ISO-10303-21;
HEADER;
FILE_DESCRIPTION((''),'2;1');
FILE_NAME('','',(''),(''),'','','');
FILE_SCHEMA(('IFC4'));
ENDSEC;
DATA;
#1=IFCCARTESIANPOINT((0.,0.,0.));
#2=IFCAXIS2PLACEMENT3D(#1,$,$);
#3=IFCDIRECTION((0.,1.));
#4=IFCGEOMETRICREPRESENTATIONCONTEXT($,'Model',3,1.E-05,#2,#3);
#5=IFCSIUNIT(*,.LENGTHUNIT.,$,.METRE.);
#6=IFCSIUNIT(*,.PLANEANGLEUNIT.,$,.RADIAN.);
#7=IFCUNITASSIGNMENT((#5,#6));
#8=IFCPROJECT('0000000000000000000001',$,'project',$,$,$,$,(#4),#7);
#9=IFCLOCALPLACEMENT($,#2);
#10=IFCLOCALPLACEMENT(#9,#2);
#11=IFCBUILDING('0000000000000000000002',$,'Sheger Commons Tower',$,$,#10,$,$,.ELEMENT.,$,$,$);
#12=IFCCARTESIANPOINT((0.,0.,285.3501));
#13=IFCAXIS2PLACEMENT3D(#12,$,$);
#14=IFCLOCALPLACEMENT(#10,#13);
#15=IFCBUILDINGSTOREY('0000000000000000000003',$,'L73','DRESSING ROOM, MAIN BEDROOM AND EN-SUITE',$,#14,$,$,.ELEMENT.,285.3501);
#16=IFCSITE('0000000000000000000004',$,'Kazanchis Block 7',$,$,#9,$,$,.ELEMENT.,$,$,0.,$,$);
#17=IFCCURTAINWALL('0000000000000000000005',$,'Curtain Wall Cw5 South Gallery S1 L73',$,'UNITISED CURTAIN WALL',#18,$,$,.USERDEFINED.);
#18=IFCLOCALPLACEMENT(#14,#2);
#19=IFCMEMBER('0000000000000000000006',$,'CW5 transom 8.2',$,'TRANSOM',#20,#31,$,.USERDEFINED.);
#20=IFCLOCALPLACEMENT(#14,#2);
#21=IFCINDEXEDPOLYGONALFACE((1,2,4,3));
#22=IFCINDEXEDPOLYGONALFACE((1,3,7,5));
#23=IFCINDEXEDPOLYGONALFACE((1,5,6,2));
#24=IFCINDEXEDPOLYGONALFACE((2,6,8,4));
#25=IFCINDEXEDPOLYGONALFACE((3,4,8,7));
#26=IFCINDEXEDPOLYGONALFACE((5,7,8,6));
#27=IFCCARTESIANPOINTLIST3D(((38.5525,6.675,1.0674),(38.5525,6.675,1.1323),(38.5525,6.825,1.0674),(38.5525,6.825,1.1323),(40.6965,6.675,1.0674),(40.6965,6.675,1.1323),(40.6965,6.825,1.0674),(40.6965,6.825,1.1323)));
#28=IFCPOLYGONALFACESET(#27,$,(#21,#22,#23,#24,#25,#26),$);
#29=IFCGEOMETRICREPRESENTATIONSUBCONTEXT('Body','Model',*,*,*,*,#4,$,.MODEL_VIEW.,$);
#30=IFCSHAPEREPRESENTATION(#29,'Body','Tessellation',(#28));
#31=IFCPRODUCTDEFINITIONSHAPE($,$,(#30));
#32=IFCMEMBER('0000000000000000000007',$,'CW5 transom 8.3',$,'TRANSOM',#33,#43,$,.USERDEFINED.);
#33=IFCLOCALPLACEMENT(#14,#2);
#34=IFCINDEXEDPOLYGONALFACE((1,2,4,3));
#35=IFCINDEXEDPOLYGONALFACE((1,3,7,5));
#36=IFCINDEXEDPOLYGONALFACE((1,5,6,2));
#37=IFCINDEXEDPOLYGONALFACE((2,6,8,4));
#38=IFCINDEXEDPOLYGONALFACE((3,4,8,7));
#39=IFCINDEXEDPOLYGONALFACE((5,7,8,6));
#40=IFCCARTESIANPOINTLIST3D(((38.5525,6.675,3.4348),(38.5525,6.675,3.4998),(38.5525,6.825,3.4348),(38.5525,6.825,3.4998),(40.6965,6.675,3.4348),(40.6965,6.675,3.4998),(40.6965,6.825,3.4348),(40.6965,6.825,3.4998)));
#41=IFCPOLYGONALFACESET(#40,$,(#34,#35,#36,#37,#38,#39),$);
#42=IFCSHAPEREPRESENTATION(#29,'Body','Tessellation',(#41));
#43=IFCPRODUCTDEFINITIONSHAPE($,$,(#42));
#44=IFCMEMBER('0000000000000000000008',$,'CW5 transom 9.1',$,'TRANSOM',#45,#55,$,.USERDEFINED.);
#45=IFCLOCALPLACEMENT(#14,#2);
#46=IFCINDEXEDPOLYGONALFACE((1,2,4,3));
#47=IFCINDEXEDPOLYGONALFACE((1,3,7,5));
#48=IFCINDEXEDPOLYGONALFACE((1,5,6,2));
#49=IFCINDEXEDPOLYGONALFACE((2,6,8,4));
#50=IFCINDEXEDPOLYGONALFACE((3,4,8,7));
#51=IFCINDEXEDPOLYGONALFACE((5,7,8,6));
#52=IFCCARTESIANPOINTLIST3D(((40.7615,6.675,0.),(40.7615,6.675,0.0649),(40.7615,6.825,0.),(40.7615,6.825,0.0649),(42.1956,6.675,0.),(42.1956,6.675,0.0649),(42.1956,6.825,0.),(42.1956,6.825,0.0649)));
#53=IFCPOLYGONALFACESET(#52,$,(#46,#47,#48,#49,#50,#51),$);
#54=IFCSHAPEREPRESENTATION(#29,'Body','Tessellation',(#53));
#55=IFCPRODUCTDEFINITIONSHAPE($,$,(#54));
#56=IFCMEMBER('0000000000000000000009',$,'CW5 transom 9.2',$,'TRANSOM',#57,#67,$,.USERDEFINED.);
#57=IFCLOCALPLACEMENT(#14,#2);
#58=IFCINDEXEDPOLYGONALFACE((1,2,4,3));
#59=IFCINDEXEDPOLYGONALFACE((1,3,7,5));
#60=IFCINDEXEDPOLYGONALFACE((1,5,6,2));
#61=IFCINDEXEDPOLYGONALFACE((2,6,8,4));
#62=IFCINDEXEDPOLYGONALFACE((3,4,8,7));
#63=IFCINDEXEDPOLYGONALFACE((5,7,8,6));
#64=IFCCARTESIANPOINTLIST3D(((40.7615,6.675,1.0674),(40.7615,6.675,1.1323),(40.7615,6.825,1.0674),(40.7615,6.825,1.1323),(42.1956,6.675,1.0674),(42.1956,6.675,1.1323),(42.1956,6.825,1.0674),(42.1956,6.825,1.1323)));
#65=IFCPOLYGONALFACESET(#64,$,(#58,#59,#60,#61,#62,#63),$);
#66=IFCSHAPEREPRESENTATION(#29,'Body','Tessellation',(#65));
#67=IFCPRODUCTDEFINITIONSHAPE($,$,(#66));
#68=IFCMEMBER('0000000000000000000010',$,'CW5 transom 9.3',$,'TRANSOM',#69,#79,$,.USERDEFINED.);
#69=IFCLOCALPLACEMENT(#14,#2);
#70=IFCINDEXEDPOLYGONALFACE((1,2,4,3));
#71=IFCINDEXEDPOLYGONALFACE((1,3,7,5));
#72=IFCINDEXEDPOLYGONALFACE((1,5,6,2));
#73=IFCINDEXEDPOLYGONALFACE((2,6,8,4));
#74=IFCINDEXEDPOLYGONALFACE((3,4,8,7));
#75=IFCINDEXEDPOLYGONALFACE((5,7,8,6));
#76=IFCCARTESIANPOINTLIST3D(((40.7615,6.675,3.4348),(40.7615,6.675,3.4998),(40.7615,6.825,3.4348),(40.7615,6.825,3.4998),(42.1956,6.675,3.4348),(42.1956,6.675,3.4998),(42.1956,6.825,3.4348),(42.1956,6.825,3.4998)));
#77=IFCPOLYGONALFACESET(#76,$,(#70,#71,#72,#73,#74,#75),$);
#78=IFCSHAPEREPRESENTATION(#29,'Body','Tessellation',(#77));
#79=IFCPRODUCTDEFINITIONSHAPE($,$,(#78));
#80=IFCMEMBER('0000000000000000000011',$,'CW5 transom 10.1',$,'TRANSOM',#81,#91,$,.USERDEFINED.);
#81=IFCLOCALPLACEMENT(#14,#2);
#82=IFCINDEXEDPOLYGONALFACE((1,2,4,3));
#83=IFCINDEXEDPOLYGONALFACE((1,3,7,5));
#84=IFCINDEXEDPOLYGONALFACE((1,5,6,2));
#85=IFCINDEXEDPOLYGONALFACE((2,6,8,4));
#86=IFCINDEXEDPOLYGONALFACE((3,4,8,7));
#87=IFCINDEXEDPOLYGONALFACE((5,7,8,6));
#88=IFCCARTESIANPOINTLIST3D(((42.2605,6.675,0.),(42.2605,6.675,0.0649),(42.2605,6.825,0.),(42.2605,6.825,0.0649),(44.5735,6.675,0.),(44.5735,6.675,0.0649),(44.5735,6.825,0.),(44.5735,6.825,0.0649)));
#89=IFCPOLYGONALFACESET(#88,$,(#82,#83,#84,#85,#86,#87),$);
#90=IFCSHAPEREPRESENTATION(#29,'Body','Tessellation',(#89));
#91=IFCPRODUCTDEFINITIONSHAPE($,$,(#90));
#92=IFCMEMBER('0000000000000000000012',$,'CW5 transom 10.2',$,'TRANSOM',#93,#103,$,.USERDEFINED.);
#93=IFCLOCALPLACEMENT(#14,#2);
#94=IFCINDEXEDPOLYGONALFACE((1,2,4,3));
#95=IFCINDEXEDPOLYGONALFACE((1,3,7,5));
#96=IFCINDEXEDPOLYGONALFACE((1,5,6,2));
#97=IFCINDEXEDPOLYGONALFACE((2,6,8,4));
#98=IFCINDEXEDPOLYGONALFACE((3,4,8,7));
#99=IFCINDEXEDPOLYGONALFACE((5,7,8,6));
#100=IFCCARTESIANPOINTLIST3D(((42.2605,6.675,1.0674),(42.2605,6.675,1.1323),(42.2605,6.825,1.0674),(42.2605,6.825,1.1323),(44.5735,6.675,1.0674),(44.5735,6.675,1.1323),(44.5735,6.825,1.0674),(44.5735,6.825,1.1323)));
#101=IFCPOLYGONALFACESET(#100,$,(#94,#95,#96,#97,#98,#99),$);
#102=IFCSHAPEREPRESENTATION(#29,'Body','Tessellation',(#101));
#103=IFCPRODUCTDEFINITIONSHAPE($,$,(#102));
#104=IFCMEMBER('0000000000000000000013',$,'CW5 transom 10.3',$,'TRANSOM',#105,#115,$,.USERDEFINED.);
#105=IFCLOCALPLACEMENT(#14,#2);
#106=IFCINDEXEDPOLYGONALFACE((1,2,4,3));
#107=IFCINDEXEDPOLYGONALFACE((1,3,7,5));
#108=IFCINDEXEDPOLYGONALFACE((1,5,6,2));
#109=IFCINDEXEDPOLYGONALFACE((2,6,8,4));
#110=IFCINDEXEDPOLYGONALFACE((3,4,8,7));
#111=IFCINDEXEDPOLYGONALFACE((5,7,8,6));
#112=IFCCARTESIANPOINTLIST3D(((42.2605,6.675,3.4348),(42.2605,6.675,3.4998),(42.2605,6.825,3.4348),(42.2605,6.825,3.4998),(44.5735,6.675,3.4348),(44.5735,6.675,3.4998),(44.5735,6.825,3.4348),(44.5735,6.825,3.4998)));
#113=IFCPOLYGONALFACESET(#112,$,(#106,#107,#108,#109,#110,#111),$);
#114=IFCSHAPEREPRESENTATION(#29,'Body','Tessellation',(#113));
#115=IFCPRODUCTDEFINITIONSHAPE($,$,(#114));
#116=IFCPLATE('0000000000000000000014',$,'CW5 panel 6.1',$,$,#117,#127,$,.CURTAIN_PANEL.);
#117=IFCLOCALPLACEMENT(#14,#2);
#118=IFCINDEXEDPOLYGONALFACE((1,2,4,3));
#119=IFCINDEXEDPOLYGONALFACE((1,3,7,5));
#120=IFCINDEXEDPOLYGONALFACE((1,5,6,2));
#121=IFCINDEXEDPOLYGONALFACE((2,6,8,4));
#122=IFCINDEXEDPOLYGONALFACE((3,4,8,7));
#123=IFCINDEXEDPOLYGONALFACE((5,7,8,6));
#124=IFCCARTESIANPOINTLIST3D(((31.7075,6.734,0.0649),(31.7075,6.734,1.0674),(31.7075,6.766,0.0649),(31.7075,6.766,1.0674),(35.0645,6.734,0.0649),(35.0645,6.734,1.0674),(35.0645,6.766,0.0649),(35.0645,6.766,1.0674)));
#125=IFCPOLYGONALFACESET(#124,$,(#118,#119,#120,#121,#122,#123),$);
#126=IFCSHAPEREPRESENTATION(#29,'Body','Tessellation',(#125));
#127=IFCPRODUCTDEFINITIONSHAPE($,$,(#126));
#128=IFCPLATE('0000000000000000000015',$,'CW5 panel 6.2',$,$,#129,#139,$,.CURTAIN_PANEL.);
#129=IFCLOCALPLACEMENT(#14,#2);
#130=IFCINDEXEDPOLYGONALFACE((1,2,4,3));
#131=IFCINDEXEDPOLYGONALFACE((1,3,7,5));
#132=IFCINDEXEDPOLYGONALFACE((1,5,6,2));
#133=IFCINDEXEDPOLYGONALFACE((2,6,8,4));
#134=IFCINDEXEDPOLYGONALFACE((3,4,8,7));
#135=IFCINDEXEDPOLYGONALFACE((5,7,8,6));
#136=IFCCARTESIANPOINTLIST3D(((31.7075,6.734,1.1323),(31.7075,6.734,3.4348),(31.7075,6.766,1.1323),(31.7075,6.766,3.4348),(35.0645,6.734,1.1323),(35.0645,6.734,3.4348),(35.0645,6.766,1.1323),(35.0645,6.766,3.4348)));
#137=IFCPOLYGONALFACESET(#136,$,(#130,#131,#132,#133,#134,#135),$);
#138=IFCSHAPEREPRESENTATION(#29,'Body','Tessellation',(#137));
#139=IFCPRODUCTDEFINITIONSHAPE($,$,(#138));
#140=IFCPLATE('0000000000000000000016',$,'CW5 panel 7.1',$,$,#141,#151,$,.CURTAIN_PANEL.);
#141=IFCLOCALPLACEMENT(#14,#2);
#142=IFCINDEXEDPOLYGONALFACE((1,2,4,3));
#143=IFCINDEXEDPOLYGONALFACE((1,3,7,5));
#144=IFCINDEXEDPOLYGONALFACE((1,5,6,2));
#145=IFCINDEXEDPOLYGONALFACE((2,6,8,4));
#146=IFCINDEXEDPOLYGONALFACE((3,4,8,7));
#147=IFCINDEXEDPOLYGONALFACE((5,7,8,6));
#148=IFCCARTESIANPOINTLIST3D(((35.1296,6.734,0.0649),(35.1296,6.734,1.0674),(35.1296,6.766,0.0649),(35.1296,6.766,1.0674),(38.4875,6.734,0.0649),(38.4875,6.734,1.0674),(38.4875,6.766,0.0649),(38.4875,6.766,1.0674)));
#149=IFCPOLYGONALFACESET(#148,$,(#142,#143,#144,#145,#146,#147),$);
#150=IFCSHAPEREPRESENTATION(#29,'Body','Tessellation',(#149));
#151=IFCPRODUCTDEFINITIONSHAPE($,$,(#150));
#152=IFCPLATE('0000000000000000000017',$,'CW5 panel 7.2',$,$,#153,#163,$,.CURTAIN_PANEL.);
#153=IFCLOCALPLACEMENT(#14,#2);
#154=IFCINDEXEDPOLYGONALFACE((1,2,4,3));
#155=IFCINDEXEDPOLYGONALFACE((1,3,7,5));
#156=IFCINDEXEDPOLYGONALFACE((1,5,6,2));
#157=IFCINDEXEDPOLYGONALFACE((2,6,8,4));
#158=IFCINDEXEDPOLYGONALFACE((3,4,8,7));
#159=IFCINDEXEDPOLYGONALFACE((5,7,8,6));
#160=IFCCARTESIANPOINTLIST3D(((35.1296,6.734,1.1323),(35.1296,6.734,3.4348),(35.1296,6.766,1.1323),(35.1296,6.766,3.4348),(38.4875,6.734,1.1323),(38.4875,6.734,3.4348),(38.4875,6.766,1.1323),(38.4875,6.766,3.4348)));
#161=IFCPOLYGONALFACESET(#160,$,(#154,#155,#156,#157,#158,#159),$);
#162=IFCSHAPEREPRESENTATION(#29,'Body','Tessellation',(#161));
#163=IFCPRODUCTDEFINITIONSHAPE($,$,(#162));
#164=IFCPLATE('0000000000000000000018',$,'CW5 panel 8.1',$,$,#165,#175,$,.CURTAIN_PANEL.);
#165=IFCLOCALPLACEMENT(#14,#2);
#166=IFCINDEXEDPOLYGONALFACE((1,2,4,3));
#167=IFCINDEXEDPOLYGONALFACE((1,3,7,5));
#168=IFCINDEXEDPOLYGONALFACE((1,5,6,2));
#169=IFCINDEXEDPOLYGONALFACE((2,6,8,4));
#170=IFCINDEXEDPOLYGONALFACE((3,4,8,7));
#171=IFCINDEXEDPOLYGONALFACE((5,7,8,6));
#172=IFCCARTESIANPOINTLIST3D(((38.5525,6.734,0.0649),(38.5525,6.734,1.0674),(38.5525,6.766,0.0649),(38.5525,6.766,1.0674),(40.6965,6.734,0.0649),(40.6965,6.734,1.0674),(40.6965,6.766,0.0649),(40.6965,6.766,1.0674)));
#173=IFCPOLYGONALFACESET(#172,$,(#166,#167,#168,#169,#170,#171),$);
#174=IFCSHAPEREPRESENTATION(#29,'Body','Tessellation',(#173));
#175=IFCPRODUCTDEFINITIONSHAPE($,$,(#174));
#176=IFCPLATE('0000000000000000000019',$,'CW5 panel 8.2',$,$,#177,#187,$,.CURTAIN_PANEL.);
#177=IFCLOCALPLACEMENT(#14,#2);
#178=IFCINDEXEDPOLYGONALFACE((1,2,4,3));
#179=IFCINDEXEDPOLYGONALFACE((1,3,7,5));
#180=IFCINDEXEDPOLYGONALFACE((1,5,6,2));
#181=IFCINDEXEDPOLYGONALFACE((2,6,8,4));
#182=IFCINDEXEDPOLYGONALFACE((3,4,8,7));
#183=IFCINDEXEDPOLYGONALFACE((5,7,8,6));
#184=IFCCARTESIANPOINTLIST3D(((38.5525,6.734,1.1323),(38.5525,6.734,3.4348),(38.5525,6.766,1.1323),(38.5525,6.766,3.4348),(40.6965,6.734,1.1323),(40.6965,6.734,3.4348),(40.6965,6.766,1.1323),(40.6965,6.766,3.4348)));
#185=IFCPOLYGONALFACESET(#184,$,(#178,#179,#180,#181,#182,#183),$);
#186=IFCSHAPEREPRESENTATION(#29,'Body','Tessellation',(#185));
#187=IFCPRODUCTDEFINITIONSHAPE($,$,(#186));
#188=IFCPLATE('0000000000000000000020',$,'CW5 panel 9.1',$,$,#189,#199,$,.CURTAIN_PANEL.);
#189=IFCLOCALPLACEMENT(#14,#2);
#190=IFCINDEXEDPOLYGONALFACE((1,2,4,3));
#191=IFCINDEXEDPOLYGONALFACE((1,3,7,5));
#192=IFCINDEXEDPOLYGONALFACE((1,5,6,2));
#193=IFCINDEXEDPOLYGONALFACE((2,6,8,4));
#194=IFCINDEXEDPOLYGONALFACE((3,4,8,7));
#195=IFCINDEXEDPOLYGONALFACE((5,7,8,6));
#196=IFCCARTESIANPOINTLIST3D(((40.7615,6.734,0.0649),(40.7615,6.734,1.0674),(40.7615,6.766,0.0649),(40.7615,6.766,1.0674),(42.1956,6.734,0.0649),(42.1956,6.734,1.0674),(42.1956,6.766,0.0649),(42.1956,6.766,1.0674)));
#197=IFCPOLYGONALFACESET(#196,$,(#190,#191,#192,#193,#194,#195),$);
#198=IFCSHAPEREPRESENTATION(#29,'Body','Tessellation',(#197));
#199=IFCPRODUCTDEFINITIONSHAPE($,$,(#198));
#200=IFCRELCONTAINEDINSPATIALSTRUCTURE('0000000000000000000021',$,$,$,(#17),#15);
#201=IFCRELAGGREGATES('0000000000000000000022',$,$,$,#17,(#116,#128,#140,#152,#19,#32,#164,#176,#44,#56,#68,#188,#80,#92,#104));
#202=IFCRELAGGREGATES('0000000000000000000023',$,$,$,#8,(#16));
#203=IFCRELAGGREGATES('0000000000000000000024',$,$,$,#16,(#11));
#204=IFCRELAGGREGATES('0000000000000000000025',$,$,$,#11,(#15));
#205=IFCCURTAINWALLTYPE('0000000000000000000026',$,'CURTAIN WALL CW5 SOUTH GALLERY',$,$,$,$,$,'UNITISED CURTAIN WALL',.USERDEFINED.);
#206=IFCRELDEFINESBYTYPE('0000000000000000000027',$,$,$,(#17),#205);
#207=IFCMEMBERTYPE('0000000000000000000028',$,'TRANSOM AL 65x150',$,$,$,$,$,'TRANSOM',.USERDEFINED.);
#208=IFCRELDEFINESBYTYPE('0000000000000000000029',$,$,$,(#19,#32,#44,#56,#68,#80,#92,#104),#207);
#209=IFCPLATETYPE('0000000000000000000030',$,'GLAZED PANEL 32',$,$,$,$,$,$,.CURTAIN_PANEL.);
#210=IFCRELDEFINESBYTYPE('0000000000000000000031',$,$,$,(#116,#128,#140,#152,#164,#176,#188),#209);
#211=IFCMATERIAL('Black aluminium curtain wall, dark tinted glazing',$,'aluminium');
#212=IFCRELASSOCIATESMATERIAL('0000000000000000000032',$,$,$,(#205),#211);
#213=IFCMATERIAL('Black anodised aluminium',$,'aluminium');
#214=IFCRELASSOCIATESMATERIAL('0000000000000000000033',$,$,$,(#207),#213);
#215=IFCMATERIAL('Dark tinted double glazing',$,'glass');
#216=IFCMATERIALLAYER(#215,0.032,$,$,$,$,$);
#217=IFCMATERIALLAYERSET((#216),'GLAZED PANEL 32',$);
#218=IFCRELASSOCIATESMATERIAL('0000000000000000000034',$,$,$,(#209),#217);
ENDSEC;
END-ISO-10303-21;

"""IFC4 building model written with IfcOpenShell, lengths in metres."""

from ifc_helpers import new_model, si_unit, direction, frame, origin, origin_2d, place, context, subcontext, project, spatial, rectangle, extrude, material, layer, layer_set, material_profile, profile_set, type_object, element, aggregate, save


model = new_model("IFC4")

# Units and contexts
model_context = context("Model", 3, precision=1e-05, world=origin(), true_north=direction((0.0, 1.0)))
body_context = subcontext(model_context, "Body", "Model", "MODEL_VIEW")
ifc_project = project(units=[si_unit("LENGTHUNIT", "METRE"), si_unit("PLANEANGLEUNIT", "RADIAN")], contexts=[model_context])

# Site, building, storey
site_placement = place(None, origin())
site = spatial("IfcSite", under=ifc_project, at=site_placement, Name="Kazanchis Block 7", CompositionType="ELEMENT", RefElevation=0.0)
building_placement = place(site_placement, origin())
building = spatial("IfcBuilding", under=site, at=building_placement, Name="Sheger Commons Tower", CompositionType="ELEMENT")
storey_placement = place(building_placement, frame((0.0, 0.0, 285.3501)))
storey = spatial("IfcBuildingStorey", under=building, at=storey_placement, Name="L73", Description="DRESSING ROOM, MAIN BEDROOM AND EN-SUITE", CompositionType="ELEMENT", Elevation=285.3501)

# Curtain wall
ifc_material_1 = material(Name="Black aluminium curtain wall, dark tinted glazing", Category="aluminium")
curtain_wall_type = type_object("IfcCurtainWallType", Name="CURTAIN WALL CW5 SOUTH GALLERY", ElementType="UNITISED CURTAIN WALL", PredefinedType="USERDEFINED", material=ifc_material_1)
curtain_wall_placement = place(storey_placement, origin())
curtain_wall = element("IfcCurtainWall", 1, at=curtain_wall_placement, inside=storey, type_object=curtain_wall_type, Name="Curtain Wall Cw5 South Gallery S1 L73", ObjectType="UNITISED CURTAIN WALL", PredefinedType="USERDEFINED")

# Members
ifc_material_2 = material(Name="Black anodised aluminium", Category="aluminium")
ifc_material_profile_1 = material_profile(ifc_material_2, rectangle(XDim=0.1499, YDim=0.0649, at=origin_2d()), Name="AL 65x150")
ifc_profile_set_1 = profile_set([ifc_material_profile_1], Name="Black anodised aluminium")
member_type_1 = type_object("IfcMemberType", Name="TRANSOM AL 65x150", ElementType="TRANSOM", PredefinedType="USERDEFINED", material=ifc_profile_set_1)
member_1_placement = place(storey_placement, frame((38.5525, 6.75, 1.0999), z_axis=(1.0, 0.0, 0.0), x_axis=(0.0, 1.0, 0.0)))
member_1 = element("IfcMember", 2, at=member_1_placement, type_object=member_type_1, Name="CW5 transom 8.2", ObjectType="TRANSOM", PredefinedType="USERDEFINED", context=body_context, shape_type="SweptSolid", body=[
    extrude(rectangle(XDim=0.1499, YDim=0.0649, at=origin_2d()), origin(), (0.0, 0.0, 1.0), 2.144),
])
member_2_placement = place(storey_placement, frame((38.5525, 6.75, 3.4673), z_axis=(1.0, 0.0, 0.0), x_axis=(0.0, 1.0, 0.0)))
member_2 = element("IfcMember", 3, at=member_2_placement, type_object=member_type_1, Name="CW5 transom 8.3", ObjectType="TRANSOM", PredefinedType="USERDEFINED", context=body_context, shape_type="SweptSolid", body=[
    extrude(rectangle(XDim=0.1499, YDim=0.0649, at=origin_2d()), origin(), (0.0, 0.0, 1.0), 2.144),
])
member_3_placement = place(storey_placement, frame((40.7615, 6.75, 0.0325), z_axis=(1.0, 0.0, 0.0), x_axis=(0.0, 1.0, 0.0)))
member_3 = element("IfcMember", 4, at=member_3_placement, type_object=member_type_1, Name="CW5 transom 9.1", ObjectType="TRANSOM", PredefinedType="USERDEFINED", context=body_context, shape_type="SweptSolid", body=[
    extrude(rectangle(XDim=0.1499, YDim=0.0649, at=origin_2d()), origin(), (0.0, 0.0, 1.0), 1.4341),
])
member_4_placement = place(storey_placement, frame((40.7615, 6.75, 1.0999), z_axis=(1.0, 0.0, 0.0), x_axis=(0.0, 1.0, 0.0)))
member_4 = element("IfcMember", 5, at=member_4_placement, type_object=member_type_1, Name="CW5 transom 9.2", ObjectType="TRANSOM", PredefinedType="USERDEFINED", context=body_context, shape_type="SweptSolid", body=[
    extrude(rectangle(XDim=0.1499, YDim=0.0649, at=origin_2d()), origin(), (0.0, 0.0, 1.0), 1.4341),
])
member_5_placement = place(storey_placement, frame((40.7615, 6.75, 3.4673), z_axis=(1.0, 0.0, 0.0), x_axis=(0.0, 1.0, 0.0)))
member_5 = element("IfcMember", 6, at=member_5_placement, type_object=member_type_1, Name="CW5 transom 9.3", ObjectType="TRANSOM", PredefinedType="USERDEFINED", context=body_context, shape_type="SweptSolid", body=[
    extrude(rectangle(XDim=0.1499, YDim=0.0649, at=origin_2d()), origin(), (0.0, 0.0, 1.0), 1.4341),
])
member_6_placement = place(storey_placement, frame((42.2605, 6.75, 0.0325), z_axis=(1.0, 0.0, 0.0), x_axis=(0.0, 1.0, 0.0)))
member_6 = element("IfcMember", 7, at=member_6_placement, type_object=member_type_1, Name="CW5 transom 10.1", ObjectType="TRANSOM", PredefinedType="USERDEFINED", context=body_context, shape_type="SweptSolid", body=[
    extrude(rectangle(XDim=0.1499, YDim=0.0649, at=origin_2d()), origin(), (0.0, 0.0, 1.0), 2.313),
])
member_7_placement = place(storey_placement, frame((42.2605, 6.75, 1.0999), z_axis=(1.0, 0.0, 0.0), x_axis=(0.0, 1.0, 0.0)))
member_7 = element("IfcMember", 8, at=member_7_placement, type_object=member_type_1, Name="CW5 transom 10.2", ObjectType="TRANSOM", PredefinedType="USERDEFINED", context=body_context, shape_type="SweptSolid", body=[
    extrude(rectangle(XDim=0.1499, YDim=0.0649, at=origin_2d()), origin(), (0.0, 0.0, 1.0), 2.313),
])
member_8_placement = place(storey_placement, frame((42.2605, 6.75, 3.4673), z_axis=(1.0, 0.0, 0.0), x_axis=(0.0, 1.0, 0.0)))
member_8 = element("IfcMember", 9, at=member_8_placement, type_object=member_type_1, Name="CW5 transom 10.3", ObjectType="TRANSOM", PredefinedType="USERDEFINED", context=body_context, shape_type="SweptSolid", body=[
    extrude(rectangle(XDim=0.1499, YDim=0.0649, at=origin_2d()), origin(), (0.0, 0.0, 1.0), 2.313),
])

# Plates
ifc_material_3 = material(Name="Dark tinted double glazing", Category="glass")
ifc_layer_1 = layer(ifc_material_3, 0.032)
ifc_layer_set_1 = layer_set([ifc_layer_1], Name="GLAZED PANEL 32")
plate_type_1 = type_object("IfcPlateType", Name="GLAZED PANEL 32", PredefinedType="CURTAIN_PANEL", material=ifc_layer_set_1)
plate_1_placement = place(storey_placement, frame((33.386, 6.75, 0.0649), z_axis=(0.0, 0.0, 1.0), x_axis=(1.0, 0.0, 0.0)))
plate_1 = element("IfcPlate", 10, at=plate_1_placement, type_object=plate_type_1, Name="CW5 panel 6.1", PredefinedType="CURTAIN_PANEL", context=body_context, shape_type="SweptSolid", body=[
    extrude(rectangle(XDim=3.3569, YDim=0.032, at=origin_2d()), origin(), (0.0, 0.0, 1.0), 1.0024),
])
plate_2_placement = place(storey_placement, frame((33.386, 6.75, 1.1323), z_axis=(0.0, 0.0, 1.0), x_axis=(1.0, 0.0, 0.0)))
plate_2 = element("IfcPlate", 11, at=plate_2_placement, type_object=plate_type_1, Name="CW5 panel 6.2", PredefinedType="CURTAIN_PANEL", context=body_context, shape_type="SweptSolid", body=[
    extrude(rectangle(XDim=3.3569, YDim=0.032, at=origin_2d()), origin(), (0.0, 0.0, 1.0), 2.3025),
])
plate_3_placement = place(storey_placement, frame((36.8086, 6.75, 0.0649), z_axis=(0.0, 0.0, 1.0), x_axis=(1.0, 0.0, 0.0)))
plate_3 = element("IfcPlate", 12, at=plate_3_placement, type_object=plate_type_1, Name="CW5 panel 7.1", PredefinedType="CURTAIN_PANEL", context=body_context, shape_type="SweptSolid", body=[
    extrude(rectangle(XDim=3.3579, YDim=0.032, at=origin_2d()), origin(), (0.0, 0.0, 1.0), 1.0024),
])
plate_4_placement = place(storey_placement, frame((36.8086, 6.75, 1.1323), z_axis=(0.0, 0.0, 1.0), x_axis=(1.0, 0.0, 0.0)))
plate_4 = element("IfcPlate", 13, at=plate_4_placement, type_object=plate_type_1, Name="CW5 panel 7.2", PredefinedType="CURTAIN_PANEL", context=body_context, shape_type="SweptSolid", body=[
    extrude(rectangle(XDim=3.3579, YDim=0.032, at=origin_2d()), origin(), (0.0, 0.0, 1.0), 2.3025),
])
plate_5_placement = place(storey_placement, frame((39.6245, 6.75, 0.0649), z_axis=(0.0, 0.0, 1.0), x_axis=(1.0, 0.0, 0.0)))
plate_5 = element("IfcPlate", 14, at=plate_5_placement, type_object=plate_type_1, Name="CW5 panel 8.1", PredefinedType="CURTAIN_PANEL", context=body_context, shape_type="SweptSolid", body=[
    extrude(rectangle(XDim=2.144, YDim=0.032, at=origin_2d()), origin(), (0.0, 0.0, 1.0), 1.0024),
])
plate_6_placement = place(storey_placement, frame((39.6245, 6.75, 1.1323), z_axis=(0.0, 0.0, 1.0), x_axis=(1.0, 0.0, 0.0)))
plate_6 = element("IfcPlate", 15, at=plate_6_placement, type_object=plate_type_1, Name="CW5 panel 8.2", PredefinedType="CURTAIN_PANEL", context=body_context, shape_type="SweptSolid", body=[
    extrude(rectangle(XDim=2.144, YDim=0.032, at=origin_2d()), origin(), (0.0, 0.0, 1.0), 2.3025),
])
plate_7_placement = place(storey_placement, frame((41.4785, 6.75, 0.0649), z_axis=(0.0, 0.0, 1.0), x_axis=(1.0, 0.0, 0.0)))
plate_7 = element("IfcPlate", 16, at=plate_7_placement, type_object=plate_type_1, Name="CW5 panel 9.1", PredefinedType="CURTAIN_PANEL", context=body_context, shape_type="SweptSolid", body=[
    extrude(rectangle(XDim=1.4341, YDim=0.032, at=origin_2d()), origin(), (0.0, 0.0, 1.0), 1.0024),
])
aggregate(curtain_wall, [plate_1, plate_2, plate_3, plate_4, member_1, member_2, plate_5, plate_6, member_3, member_4, member_5, plate_7, member_6, member_7, member_8])

save(model, "model.ifc")
